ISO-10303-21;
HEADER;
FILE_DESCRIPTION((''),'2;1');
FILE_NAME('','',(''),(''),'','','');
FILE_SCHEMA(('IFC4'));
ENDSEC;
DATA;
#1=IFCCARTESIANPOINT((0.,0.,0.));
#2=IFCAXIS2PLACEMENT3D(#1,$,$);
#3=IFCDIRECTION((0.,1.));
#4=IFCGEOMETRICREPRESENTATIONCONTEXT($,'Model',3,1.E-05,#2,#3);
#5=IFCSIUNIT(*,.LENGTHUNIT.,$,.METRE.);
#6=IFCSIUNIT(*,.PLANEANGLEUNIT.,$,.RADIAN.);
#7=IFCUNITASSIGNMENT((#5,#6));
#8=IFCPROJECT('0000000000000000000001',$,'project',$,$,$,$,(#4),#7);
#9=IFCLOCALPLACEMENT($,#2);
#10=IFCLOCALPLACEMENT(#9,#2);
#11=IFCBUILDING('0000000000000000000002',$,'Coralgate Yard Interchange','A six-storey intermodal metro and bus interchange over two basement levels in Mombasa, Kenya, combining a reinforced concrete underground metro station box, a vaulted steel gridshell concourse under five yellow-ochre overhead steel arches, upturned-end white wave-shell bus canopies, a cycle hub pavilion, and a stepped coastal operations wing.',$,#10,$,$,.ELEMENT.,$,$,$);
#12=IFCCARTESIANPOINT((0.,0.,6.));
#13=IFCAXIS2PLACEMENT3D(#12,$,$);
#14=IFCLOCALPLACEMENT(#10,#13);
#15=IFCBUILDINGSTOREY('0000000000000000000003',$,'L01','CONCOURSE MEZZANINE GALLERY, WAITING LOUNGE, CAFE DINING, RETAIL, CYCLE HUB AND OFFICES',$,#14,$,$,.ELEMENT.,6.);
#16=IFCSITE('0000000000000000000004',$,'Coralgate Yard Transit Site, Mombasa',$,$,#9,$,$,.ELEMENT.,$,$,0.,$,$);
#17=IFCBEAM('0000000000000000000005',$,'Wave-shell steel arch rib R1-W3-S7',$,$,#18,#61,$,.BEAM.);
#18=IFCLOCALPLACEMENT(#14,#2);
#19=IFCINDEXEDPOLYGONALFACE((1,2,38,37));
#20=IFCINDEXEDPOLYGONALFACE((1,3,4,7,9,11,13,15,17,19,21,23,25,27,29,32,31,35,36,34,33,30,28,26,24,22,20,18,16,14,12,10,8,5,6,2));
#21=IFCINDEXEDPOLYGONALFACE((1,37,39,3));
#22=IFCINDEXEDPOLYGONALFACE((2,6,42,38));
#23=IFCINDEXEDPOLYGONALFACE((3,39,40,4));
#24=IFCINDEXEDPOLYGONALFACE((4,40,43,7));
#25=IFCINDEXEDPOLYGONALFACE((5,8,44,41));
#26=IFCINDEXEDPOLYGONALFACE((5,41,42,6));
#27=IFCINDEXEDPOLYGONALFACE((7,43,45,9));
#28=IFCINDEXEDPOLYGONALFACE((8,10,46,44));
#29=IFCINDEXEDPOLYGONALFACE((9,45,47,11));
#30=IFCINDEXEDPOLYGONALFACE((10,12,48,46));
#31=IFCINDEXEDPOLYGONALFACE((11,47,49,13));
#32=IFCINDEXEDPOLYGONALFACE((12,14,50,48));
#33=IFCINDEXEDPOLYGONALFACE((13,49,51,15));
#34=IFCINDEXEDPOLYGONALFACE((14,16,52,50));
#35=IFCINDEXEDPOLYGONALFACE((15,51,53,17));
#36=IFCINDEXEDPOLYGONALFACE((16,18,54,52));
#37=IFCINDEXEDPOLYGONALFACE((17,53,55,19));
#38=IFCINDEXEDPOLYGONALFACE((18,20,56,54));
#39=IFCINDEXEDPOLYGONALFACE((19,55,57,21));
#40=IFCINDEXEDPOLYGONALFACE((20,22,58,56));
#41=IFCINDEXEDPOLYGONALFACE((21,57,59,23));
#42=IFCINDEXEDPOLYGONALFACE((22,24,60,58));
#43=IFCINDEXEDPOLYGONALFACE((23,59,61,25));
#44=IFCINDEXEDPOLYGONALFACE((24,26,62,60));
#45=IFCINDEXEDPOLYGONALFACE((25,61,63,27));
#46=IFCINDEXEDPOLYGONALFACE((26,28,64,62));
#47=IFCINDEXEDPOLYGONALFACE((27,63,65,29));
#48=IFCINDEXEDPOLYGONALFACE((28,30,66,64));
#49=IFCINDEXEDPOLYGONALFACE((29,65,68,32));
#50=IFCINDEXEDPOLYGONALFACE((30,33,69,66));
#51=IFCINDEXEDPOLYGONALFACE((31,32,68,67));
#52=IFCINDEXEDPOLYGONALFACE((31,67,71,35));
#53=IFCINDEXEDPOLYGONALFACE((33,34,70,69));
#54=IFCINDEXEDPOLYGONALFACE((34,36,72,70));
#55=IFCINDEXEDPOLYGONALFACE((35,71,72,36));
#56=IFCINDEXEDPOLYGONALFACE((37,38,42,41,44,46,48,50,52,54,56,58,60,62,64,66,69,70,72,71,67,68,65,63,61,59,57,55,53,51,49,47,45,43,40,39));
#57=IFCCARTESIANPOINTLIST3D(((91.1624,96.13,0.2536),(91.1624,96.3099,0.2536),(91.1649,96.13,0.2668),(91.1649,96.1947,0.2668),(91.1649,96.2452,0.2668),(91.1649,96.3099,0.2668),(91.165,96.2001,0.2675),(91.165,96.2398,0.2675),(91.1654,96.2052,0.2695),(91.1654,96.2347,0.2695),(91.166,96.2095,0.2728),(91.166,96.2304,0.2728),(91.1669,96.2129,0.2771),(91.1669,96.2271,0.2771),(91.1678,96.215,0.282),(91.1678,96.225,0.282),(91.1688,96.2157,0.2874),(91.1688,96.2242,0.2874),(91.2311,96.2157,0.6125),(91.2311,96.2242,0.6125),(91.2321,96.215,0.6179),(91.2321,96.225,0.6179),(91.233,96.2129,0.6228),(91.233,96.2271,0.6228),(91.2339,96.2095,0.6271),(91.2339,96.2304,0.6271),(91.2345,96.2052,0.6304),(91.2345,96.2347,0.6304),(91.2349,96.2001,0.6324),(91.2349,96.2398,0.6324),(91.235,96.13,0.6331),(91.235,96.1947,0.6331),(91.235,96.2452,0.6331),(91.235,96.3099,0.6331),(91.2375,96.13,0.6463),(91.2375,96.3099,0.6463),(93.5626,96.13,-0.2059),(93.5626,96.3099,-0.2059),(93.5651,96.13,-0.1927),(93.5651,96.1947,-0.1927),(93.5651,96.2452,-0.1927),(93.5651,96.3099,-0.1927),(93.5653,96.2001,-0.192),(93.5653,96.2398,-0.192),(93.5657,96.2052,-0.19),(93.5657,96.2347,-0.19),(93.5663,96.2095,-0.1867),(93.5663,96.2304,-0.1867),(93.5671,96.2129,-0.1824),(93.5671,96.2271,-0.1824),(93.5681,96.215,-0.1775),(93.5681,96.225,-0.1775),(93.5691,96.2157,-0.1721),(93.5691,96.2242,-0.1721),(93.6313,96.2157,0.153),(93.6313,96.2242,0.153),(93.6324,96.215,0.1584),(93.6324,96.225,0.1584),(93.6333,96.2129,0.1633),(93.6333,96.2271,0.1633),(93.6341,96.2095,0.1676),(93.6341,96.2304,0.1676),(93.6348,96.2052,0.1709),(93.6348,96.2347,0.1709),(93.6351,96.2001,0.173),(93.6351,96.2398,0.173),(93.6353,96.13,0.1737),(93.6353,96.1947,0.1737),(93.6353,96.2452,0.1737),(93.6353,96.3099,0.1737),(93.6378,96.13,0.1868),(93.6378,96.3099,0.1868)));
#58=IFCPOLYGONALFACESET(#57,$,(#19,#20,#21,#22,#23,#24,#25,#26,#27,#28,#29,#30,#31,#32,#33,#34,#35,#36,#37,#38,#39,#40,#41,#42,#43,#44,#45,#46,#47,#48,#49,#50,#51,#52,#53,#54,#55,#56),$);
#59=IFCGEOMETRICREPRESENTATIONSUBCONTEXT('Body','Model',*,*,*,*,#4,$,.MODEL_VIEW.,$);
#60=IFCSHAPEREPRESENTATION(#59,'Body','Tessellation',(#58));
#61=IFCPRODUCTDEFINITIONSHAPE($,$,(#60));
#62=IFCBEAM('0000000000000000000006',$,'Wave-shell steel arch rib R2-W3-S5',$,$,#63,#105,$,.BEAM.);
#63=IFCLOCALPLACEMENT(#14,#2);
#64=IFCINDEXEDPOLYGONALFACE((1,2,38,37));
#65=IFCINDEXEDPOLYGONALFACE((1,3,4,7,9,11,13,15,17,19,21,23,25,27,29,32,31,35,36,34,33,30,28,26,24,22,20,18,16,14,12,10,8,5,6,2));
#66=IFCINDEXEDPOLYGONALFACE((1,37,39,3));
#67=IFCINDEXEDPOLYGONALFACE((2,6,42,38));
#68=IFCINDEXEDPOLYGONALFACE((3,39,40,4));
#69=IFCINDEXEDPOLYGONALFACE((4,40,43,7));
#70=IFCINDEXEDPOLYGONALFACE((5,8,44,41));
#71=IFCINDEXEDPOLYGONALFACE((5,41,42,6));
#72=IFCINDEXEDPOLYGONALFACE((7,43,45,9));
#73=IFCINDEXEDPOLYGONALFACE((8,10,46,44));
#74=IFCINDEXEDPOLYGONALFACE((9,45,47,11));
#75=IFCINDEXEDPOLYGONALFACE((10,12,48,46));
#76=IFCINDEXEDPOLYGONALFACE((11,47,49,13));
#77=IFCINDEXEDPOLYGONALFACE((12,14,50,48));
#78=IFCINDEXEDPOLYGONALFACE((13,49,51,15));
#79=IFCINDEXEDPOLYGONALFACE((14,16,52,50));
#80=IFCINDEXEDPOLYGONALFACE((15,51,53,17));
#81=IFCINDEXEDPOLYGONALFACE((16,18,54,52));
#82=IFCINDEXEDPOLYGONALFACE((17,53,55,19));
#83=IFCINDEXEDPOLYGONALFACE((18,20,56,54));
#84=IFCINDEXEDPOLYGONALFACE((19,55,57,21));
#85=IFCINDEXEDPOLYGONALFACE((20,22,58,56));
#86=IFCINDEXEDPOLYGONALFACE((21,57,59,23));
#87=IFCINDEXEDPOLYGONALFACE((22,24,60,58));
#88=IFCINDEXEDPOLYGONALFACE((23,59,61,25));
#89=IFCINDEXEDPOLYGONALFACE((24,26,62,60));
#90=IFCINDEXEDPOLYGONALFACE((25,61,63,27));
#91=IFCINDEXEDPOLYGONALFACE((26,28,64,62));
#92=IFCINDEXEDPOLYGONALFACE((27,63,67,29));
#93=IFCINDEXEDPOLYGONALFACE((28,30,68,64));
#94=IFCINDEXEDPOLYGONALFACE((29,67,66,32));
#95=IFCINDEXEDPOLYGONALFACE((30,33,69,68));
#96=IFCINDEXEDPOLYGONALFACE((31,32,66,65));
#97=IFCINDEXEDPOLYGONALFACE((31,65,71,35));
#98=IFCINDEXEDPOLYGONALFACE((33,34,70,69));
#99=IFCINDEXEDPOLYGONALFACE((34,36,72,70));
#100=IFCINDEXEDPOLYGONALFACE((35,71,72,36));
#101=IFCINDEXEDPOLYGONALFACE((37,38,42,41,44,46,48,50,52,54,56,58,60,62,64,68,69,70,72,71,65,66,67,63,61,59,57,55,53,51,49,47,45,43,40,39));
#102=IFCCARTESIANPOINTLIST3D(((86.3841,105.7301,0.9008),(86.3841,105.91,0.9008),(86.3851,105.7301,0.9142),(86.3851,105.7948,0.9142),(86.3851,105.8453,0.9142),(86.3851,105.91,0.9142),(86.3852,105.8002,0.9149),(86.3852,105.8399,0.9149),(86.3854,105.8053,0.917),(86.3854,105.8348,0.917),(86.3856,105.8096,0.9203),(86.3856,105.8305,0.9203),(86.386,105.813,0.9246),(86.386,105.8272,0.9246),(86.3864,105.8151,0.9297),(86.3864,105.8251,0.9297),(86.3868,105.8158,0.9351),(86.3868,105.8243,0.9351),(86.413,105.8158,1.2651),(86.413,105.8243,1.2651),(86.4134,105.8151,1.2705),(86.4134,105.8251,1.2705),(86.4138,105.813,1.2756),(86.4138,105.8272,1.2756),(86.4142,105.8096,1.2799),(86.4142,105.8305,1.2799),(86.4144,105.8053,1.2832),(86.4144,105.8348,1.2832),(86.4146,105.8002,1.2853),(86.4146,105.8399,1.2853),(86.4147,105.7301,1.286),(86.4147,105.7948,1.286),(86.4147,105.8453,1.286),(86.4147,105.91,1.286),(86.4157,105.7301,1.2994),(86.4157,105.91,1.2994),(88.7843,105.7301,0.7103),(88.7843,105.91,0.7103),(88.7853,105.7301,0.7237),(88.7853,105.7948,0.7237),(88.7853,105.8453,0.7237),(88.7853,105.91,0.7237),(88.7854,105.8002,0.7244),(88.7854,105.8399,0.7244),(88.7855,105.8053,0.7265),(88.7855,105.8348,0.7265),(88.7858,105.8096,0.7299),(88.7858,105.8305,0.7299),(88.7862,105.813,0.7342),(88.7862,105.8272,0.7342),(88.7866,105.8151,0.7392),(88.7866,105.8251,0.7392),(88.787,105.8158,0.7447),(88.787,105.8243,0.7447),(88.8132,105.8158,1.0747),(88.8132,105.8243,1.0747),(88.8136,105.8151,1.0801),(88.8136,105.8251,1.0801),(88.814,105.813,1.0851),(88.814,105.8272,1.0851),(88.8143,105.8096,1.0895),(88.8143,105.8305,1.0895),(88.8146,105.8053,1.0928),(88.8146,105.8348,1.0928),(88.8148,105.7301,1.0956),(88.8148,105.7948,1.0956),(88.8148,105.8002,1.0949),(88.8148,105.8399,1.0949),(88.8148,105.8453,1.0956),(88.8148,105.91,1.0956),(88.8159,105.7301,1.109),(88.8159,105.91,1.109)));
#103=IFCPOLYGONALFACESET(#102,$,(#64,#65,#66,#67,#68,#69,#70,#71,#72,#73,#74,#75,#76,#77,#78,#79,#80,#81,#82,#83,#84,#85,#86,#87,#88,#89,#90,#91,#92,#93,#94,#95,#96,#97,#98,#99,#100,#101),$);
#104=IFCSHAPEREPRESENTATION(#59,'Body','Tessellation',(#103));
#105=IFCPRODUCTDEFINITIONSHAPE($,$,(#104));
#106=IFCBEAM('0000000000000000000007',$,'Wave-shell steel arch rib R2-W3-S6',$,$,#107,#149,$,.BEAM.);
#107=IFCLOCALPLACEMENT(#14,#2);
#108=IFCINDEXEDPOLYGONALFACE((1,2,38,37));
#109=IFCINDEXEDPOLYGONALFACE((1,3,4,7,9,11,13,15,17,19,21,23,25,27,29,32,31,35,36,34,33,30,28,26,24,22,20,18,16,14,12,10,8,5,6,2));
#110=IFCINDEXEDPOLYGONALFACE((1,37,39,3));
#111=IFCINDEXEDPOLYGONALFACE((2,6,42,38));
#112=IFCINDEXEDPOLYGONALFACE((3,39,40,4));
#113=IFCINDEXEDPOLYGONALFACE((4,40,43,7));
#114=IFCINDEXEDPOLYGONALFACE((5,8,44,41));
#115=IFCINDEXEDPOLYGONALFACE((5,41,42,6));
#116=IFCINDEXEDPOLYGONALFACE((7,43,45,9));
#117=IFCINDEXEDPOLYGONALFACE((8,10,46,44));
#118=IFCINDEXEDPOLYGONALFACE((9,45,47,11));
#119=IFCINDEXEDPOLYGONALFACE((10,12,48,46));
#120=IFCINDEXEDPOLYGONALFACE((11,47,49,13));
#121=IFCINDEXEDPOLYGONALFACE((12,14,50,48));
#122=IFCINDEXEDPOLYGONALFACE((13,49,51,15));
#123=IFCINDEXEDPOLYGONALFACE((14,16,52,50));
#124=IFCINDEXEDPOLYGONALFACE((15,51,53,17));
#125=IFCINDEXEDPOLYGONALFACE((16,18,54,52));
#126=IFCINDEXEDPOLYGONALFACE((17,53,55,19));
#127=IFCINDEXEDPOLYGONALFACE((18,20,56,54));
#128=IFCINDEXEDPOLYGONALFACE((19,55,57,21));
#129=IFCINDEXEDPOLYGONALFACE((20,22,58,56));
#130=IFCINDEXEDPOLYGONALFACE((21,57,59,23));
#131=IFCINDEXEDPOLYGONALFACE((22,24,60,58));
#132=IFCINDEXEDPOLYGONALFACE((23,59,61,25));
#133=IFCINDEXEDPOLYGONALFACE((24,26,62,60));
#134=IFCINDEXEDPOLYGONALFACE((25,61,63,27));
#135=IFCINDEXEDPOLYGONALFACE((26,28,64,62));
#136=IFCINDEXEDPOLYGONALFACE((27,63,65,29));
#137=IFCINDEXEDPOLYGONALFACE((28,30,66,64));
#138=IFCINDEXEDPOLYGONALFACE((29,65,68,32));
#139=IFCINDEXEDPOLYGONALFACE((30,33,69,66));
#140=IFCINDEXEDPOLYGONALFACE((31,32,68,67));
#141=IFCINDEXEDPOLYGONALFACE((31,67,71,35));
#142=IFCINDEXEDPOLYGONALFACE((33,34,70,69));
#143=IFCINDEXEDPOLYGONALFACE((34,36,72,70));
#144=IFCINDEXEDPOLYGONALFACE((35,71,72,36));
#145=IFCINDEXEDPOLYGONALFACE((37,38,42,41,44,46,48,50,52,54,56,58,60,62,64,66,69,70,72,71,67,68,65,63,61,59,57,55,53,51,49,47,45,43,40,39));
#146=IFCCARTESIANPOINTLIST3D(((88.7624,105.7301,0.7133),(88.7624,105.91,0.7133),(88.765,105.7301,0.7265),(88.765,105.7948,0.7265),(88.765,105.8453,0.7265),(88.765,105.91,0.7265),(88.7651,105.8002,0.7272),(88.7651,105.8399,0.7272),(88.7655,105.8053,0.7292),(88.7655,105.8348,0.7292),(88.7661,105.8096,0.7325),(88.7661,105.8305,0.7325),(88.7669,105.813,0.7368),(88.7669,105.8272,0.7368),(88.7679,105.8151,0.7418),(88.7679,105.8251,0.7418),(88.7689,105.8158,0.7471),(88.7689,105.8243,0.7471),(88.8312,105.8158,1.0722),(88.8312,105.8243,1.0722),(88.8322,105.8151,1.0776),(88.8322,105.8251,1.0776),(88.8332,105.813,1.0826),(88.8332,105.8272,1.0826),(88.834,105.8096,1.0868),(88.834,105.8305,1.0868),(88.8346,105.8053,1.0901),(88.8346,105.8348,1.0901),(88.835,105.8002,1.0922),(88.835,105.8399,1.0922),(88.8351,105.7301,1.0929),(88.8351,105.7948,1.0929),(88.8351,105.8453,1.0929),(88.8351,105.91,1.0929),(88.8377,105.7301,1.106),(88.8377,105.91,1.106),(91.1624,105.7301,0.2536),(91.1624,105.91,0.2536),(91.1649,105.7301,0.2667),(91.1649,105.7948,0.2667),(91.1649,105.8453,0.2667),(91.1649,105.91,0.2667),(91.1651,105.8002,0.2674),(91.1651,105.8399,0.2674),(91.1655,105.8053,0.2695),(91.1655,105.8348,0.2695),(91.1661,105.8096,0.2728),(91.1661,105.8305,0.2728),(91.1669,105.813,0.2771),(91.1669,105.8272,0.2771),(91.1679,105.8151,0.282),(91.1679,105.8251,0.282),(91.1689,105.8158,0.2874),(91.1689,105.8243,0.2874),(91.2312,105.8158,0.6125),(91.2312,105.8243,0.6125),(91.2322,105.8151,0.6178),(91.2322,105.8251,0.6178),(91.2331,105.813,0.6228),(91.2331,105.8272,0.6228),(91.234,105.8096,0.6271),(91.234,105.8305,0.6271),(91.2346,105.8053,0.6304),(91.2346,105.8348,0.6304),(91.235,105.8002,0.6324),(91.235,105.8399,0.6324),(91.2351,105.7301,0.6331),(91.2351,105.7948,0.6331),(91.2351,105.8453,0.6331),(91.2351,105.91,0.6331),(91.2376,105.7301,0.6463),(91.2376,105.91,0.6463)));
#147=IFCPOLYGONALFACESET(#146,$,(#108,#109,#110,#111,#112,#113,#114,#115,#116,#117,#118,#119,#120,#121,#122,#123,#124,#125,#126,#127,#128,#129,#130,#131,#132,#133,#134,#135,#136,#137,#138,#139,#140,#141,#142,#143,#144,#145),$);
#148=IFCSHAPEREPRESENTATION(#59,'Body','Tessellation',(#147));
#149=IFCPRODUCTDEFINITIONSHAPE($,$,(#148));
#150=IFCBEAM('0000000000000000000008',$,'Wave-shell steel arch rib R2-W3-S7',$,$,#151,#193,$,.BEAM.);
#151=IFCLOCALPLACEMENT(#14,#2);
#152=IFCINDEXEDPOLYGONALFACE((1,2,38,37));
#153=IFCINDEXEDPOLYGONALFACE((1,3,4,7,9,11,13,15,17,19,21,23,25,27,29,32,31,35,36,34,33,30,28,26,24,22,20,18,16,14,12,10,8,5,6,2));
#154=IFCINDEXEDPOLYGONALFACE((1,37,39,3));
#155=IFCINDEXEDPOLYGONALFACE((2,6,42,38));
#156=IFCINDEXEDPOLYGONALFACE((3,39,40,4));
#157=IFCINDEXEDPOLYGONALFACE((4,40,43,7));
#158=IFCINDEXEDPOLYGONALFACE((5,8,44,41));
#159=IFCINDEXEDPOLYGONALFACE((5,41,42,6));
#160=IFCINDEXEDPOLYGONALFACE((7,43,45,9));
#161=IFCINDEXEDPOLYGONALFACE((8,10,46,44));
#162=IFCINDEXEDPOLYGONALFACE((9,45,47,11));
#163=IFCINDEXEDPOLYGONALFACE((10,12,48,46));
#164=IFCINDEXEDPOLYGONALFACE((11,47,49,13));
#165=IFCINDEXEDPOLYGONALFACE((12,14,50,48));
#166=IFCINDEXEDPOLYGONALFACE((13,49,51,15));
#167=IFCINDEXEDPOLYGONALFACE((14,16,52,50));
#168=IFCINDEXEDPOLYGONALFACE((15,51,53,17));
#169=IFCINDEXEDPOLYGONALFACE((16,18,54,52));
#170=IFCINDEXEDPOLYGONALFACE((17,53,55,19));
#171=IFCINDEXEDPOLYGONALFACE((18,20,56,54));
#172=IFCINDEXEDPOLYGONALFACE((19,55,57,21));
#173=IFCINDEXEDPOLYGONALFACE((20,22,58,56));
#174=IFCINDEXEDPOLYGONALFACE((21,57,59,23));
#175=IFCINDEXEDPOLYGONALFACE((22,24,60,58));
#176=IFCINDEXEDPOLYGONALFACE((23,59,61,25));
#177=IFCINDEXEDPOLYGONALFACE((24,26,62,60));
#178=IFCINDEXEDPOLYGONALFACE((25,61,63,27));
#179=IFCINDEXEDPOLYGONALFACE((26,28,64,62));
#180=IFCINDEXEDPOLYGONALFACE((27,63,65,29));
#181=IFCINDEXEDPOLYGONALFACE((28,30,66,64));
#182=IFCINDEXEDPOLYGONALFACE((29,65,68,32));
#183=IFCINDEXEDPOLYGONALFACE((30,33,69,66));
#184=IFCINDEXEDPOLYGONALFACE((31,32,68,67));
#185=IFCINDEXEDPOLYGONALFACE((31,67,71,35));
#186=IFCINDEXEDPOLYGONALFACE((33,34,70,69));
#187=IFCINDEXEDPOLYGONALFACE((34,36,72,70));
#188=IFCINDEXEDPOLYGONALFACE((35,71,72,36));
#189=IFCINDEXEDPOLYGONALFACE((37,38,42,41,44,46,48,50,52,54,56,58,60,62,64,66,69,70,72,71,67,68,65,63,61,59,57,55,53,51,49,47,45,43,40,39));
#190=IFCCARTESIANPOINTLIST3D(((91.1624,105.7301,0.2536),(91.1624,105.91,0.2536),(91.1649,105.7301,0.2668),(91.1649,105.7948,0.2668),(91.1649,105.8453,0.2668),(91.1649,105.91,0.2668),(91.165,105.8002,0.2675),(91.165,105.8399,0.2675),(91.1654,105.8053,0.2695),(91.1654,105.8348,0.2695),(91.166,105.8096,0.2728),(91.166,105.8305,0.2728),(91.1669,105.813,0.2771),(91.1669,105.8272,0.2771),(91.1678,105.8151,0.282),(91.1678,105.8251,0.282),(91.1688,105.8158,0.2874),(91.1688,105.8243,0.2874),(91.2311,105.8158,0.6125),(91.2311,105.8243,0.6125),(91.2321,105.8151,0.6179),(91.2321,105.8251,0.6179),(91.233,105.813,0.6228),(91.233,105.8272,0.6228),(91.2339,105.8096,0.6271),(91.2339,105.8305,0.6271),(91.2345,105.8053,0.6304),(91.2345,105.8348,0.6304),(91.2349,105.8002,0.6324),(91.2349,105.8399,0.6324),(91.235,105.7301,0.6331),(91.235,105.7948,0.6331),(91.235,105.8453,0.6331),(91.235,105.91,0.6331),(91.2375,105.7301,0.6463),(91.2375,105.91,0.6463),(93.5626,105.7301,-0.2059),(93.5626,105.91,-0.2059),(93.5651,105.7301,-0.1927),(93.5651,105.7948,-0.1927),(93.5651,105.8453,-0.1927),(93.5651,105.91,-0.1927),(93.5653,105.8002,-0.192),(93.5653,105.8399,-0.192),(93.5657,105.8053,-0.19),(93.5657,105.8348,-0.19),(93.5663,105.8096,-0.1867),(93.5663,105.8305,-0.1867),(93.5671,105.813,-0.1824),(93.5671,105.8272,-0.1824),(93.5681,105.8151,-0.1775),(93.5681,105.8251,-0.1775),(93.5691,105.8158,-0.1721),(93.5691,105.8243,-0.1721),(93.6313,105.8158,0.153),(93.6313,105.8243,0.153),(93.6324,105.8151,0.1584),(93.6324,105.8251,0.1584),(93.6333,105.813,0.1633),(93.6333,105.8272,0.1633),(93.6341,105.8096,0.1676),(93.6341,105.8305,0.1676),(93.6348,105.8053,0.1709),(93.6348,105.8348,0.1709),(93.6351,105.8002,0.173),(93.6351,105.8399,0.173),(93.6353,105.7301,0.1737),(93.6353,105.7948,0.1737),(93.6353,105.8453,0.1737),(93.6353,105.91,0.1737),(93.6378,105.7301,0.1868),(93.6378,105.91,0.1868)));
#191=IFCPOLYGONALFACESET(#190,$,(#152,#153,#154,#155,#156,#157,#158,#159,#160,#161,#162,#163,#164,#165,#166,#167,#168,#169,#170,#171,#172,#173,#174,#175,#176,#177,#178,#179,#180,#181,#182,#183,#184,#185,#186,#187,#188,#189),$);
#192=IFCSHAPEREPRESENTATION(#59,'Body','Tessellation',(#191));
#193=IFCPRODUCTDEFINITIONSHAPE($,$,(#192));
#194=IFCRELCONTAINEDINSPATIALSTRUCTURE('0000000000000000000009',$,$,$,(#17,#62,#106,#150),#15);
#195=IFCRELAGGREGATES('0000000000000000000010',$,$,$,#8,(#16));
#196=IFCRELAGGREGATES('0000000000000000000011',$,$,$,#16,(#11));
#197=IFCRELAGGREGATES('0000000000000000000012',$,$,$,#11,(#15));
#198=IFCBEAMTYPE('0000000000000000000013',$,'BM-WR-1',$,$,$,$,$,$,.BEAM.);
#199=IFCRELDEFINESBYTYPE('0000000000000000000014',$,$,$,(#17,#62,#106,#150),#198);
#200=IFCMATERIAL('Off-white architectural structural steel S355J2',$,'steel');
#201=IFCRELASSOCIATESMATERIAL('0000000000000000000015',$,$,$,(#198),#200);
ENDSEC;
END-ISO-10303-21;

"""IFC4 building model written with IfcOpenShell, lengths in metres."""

from ifc_helpers import new_model, si_unit, direction, frame, origin, origin_2d, place, context, subcontext, project, spatial, i_section, extrude, material, material_profile, profile_set, type_object, element, save


model = new_model("IFC4")

# Units and contexts
model_context = context("Model", 3, precision=1e-05, world=origin(), true_north=direction((0.0, 1.0)))
body_context = subcontext(model_context, "Body", "Model", "MODEL_VIEW")
ifc_project = project(units=[si_unit("LENGTHUNIT", "METRE"), si_unit("PLANEANGLEUNIT", "RADIAN")], contexts=[model_context])

# Site, building, storey
site_placement = place(None, origin())
site = spatial("IfcSite", under=ifc_project, at=site_placement, Name="Coralgate Yard Transit Site, Mombasa", CompositionType="ELEMENT", RefElevation=0.0)
building_placement = place(site_placement, origin())
building = spatial("IfcBuilding", under=site, at=building_placement, Name="Coralgate Yard Interchange", Description="A six-storey intermodal metro and bus interchange over two basement levels in Mombasa, Kenya, combining a reinforced concrete underground metro station box, a vaulted steel gridshell concourse under five yellow-ochre overhead steel arches, upturned-end white wave-shell bus canopies, a cycle hub pavilion, and a stepped coastal operations wing.", CompositionType="ELEMENT")
storey_placement = place(building_placement, frame((0.0, 0.0, 6.0)))
storey = spatial("IfcBuildingStorey", under=building, at=storey_placement, Name="L01", Description="CONCOURSE MEZZANINE GALLERY, WAITING LOUNGE, CAFE DINING, RETAIL, CYCLE HUB AND OFFICES", CompositionType="ELEMENT", Elevation=6.0)

# Beams
ifc_material_1 = material(Name="Off-white architectural structural steel S355J2", Category="steel")
ifc_material_profile_1 = material_profile(ifc_material_1, i_section(OverallWidth=0.1799, OverallDepth=0.3999, WebThickness=0.0085, FlangeThickness=0.0134, FilletRadius=0.021, at=origin_2d()), Name="IPE 400")
ifc_profile_set_1 = profile_set([ifc_material_profile_1], Name="Off-white architectural structural steel S355J2")
beam_type_1 = type_object("IfcBeamType", Name="BM-WR-1", PredefinedType="BEAM", material=ifc_profile_set_1)
beam_1_placement = place(storey_placement, frame((91.2, 96.22, 0.45), z_axis=(0.982165, 0.0, -0.188021), x_axis=(0.0, 1.0, 0.0)))
element("IfcBeam", 1, at=beam_1_placement, inside=storey, type_object=beam_type_1, Name="Wave-shell steel arch rib R1-W3-S7", PredefinedType="BEAM", context=body_context, shape_type="SweptSolid", body=[
    extrude(i_section(OverallWidth=0.1799, OverallDepth=0.3999, WebThickness=0.0085, FlangeThickness=0.0134, FilletRadius=0.021, at=origin_2d()), origin(), (0.0, 0.0, 1.0), 2.4438),
])
beam_2_placement = place(storey_placement, frame((86.3999, 105.8201, 1.1001), z_axis=(0.996867, 0.0, -0.079092), x_axis=(0.0, 1.0, 0.0)))
element("IfcBeam", 2, at=beam_2_placement, inside=storey, type_object=beam_type_1, Name="Wave-shell steel arch rib R2-W3-S5", PredefinedType="BEAM", context=body_context, shape_type="SweptSolid", body=[
    extrude(i_section(OverallWidth=0.1799, OverallDepth=0.3999, WebThickness=0.0085, FlangeThickness=0.0134, FilletRadius=0.021, at=origin_2d()), origin(), (0.0, 0.0, 1.0), 2.4077),
])
beam_3_placement = place(storey_placement, frame((88.8, 105.8201, 0.9097), z_axis=(0.982143, 0.0, -0.188136), x_axis=(0.0, 1.0, 0.0)))
element("IfcBeam", 3, at=beam_3_placement, inside=storey, type_object=beam_type_1, Name="Wave-shell steel arch rib R2-W3-S6", PredefinedType="BEAM", context=body_context, shape_type="SweptSolid", body=[
    extrude(i_section(OverallWidth=0.1799, OverallDepth=0.3999, WebThickness=0.0085, FlangeThickness=0.0134, FilletRadius=0.021, at=origin_2d()), origin(), (0.0, 0.0, 1.0), 2.4436),
])
beam_4_placement = place(storey_placement, frame((91.2, 105.8201, 0.45), z_axis=(0.982165, 0.0, -0.188021), x_axis=(0.0, 1.0, 0.0)))
element("IfcBeam", 4, at=beam_4_placement, inside=storey, type_object=beam_type_1, Name="Wave-shell steel arch rib R2-W3-S7", PredefinedType="BEAM", context=body_context, shape_type="SweptSolid", body=[
    extrude(i_section(OverallWidth=0.1799, OverallDepth=0.3999, WebThickness=0.0085, FlangeThickness=0.0134, FilletRadius=0.021, at=origin_2d()), origin(), (0.0, 0.0, 1.0), 2.4438),
])

save(model, "model.ifc")
